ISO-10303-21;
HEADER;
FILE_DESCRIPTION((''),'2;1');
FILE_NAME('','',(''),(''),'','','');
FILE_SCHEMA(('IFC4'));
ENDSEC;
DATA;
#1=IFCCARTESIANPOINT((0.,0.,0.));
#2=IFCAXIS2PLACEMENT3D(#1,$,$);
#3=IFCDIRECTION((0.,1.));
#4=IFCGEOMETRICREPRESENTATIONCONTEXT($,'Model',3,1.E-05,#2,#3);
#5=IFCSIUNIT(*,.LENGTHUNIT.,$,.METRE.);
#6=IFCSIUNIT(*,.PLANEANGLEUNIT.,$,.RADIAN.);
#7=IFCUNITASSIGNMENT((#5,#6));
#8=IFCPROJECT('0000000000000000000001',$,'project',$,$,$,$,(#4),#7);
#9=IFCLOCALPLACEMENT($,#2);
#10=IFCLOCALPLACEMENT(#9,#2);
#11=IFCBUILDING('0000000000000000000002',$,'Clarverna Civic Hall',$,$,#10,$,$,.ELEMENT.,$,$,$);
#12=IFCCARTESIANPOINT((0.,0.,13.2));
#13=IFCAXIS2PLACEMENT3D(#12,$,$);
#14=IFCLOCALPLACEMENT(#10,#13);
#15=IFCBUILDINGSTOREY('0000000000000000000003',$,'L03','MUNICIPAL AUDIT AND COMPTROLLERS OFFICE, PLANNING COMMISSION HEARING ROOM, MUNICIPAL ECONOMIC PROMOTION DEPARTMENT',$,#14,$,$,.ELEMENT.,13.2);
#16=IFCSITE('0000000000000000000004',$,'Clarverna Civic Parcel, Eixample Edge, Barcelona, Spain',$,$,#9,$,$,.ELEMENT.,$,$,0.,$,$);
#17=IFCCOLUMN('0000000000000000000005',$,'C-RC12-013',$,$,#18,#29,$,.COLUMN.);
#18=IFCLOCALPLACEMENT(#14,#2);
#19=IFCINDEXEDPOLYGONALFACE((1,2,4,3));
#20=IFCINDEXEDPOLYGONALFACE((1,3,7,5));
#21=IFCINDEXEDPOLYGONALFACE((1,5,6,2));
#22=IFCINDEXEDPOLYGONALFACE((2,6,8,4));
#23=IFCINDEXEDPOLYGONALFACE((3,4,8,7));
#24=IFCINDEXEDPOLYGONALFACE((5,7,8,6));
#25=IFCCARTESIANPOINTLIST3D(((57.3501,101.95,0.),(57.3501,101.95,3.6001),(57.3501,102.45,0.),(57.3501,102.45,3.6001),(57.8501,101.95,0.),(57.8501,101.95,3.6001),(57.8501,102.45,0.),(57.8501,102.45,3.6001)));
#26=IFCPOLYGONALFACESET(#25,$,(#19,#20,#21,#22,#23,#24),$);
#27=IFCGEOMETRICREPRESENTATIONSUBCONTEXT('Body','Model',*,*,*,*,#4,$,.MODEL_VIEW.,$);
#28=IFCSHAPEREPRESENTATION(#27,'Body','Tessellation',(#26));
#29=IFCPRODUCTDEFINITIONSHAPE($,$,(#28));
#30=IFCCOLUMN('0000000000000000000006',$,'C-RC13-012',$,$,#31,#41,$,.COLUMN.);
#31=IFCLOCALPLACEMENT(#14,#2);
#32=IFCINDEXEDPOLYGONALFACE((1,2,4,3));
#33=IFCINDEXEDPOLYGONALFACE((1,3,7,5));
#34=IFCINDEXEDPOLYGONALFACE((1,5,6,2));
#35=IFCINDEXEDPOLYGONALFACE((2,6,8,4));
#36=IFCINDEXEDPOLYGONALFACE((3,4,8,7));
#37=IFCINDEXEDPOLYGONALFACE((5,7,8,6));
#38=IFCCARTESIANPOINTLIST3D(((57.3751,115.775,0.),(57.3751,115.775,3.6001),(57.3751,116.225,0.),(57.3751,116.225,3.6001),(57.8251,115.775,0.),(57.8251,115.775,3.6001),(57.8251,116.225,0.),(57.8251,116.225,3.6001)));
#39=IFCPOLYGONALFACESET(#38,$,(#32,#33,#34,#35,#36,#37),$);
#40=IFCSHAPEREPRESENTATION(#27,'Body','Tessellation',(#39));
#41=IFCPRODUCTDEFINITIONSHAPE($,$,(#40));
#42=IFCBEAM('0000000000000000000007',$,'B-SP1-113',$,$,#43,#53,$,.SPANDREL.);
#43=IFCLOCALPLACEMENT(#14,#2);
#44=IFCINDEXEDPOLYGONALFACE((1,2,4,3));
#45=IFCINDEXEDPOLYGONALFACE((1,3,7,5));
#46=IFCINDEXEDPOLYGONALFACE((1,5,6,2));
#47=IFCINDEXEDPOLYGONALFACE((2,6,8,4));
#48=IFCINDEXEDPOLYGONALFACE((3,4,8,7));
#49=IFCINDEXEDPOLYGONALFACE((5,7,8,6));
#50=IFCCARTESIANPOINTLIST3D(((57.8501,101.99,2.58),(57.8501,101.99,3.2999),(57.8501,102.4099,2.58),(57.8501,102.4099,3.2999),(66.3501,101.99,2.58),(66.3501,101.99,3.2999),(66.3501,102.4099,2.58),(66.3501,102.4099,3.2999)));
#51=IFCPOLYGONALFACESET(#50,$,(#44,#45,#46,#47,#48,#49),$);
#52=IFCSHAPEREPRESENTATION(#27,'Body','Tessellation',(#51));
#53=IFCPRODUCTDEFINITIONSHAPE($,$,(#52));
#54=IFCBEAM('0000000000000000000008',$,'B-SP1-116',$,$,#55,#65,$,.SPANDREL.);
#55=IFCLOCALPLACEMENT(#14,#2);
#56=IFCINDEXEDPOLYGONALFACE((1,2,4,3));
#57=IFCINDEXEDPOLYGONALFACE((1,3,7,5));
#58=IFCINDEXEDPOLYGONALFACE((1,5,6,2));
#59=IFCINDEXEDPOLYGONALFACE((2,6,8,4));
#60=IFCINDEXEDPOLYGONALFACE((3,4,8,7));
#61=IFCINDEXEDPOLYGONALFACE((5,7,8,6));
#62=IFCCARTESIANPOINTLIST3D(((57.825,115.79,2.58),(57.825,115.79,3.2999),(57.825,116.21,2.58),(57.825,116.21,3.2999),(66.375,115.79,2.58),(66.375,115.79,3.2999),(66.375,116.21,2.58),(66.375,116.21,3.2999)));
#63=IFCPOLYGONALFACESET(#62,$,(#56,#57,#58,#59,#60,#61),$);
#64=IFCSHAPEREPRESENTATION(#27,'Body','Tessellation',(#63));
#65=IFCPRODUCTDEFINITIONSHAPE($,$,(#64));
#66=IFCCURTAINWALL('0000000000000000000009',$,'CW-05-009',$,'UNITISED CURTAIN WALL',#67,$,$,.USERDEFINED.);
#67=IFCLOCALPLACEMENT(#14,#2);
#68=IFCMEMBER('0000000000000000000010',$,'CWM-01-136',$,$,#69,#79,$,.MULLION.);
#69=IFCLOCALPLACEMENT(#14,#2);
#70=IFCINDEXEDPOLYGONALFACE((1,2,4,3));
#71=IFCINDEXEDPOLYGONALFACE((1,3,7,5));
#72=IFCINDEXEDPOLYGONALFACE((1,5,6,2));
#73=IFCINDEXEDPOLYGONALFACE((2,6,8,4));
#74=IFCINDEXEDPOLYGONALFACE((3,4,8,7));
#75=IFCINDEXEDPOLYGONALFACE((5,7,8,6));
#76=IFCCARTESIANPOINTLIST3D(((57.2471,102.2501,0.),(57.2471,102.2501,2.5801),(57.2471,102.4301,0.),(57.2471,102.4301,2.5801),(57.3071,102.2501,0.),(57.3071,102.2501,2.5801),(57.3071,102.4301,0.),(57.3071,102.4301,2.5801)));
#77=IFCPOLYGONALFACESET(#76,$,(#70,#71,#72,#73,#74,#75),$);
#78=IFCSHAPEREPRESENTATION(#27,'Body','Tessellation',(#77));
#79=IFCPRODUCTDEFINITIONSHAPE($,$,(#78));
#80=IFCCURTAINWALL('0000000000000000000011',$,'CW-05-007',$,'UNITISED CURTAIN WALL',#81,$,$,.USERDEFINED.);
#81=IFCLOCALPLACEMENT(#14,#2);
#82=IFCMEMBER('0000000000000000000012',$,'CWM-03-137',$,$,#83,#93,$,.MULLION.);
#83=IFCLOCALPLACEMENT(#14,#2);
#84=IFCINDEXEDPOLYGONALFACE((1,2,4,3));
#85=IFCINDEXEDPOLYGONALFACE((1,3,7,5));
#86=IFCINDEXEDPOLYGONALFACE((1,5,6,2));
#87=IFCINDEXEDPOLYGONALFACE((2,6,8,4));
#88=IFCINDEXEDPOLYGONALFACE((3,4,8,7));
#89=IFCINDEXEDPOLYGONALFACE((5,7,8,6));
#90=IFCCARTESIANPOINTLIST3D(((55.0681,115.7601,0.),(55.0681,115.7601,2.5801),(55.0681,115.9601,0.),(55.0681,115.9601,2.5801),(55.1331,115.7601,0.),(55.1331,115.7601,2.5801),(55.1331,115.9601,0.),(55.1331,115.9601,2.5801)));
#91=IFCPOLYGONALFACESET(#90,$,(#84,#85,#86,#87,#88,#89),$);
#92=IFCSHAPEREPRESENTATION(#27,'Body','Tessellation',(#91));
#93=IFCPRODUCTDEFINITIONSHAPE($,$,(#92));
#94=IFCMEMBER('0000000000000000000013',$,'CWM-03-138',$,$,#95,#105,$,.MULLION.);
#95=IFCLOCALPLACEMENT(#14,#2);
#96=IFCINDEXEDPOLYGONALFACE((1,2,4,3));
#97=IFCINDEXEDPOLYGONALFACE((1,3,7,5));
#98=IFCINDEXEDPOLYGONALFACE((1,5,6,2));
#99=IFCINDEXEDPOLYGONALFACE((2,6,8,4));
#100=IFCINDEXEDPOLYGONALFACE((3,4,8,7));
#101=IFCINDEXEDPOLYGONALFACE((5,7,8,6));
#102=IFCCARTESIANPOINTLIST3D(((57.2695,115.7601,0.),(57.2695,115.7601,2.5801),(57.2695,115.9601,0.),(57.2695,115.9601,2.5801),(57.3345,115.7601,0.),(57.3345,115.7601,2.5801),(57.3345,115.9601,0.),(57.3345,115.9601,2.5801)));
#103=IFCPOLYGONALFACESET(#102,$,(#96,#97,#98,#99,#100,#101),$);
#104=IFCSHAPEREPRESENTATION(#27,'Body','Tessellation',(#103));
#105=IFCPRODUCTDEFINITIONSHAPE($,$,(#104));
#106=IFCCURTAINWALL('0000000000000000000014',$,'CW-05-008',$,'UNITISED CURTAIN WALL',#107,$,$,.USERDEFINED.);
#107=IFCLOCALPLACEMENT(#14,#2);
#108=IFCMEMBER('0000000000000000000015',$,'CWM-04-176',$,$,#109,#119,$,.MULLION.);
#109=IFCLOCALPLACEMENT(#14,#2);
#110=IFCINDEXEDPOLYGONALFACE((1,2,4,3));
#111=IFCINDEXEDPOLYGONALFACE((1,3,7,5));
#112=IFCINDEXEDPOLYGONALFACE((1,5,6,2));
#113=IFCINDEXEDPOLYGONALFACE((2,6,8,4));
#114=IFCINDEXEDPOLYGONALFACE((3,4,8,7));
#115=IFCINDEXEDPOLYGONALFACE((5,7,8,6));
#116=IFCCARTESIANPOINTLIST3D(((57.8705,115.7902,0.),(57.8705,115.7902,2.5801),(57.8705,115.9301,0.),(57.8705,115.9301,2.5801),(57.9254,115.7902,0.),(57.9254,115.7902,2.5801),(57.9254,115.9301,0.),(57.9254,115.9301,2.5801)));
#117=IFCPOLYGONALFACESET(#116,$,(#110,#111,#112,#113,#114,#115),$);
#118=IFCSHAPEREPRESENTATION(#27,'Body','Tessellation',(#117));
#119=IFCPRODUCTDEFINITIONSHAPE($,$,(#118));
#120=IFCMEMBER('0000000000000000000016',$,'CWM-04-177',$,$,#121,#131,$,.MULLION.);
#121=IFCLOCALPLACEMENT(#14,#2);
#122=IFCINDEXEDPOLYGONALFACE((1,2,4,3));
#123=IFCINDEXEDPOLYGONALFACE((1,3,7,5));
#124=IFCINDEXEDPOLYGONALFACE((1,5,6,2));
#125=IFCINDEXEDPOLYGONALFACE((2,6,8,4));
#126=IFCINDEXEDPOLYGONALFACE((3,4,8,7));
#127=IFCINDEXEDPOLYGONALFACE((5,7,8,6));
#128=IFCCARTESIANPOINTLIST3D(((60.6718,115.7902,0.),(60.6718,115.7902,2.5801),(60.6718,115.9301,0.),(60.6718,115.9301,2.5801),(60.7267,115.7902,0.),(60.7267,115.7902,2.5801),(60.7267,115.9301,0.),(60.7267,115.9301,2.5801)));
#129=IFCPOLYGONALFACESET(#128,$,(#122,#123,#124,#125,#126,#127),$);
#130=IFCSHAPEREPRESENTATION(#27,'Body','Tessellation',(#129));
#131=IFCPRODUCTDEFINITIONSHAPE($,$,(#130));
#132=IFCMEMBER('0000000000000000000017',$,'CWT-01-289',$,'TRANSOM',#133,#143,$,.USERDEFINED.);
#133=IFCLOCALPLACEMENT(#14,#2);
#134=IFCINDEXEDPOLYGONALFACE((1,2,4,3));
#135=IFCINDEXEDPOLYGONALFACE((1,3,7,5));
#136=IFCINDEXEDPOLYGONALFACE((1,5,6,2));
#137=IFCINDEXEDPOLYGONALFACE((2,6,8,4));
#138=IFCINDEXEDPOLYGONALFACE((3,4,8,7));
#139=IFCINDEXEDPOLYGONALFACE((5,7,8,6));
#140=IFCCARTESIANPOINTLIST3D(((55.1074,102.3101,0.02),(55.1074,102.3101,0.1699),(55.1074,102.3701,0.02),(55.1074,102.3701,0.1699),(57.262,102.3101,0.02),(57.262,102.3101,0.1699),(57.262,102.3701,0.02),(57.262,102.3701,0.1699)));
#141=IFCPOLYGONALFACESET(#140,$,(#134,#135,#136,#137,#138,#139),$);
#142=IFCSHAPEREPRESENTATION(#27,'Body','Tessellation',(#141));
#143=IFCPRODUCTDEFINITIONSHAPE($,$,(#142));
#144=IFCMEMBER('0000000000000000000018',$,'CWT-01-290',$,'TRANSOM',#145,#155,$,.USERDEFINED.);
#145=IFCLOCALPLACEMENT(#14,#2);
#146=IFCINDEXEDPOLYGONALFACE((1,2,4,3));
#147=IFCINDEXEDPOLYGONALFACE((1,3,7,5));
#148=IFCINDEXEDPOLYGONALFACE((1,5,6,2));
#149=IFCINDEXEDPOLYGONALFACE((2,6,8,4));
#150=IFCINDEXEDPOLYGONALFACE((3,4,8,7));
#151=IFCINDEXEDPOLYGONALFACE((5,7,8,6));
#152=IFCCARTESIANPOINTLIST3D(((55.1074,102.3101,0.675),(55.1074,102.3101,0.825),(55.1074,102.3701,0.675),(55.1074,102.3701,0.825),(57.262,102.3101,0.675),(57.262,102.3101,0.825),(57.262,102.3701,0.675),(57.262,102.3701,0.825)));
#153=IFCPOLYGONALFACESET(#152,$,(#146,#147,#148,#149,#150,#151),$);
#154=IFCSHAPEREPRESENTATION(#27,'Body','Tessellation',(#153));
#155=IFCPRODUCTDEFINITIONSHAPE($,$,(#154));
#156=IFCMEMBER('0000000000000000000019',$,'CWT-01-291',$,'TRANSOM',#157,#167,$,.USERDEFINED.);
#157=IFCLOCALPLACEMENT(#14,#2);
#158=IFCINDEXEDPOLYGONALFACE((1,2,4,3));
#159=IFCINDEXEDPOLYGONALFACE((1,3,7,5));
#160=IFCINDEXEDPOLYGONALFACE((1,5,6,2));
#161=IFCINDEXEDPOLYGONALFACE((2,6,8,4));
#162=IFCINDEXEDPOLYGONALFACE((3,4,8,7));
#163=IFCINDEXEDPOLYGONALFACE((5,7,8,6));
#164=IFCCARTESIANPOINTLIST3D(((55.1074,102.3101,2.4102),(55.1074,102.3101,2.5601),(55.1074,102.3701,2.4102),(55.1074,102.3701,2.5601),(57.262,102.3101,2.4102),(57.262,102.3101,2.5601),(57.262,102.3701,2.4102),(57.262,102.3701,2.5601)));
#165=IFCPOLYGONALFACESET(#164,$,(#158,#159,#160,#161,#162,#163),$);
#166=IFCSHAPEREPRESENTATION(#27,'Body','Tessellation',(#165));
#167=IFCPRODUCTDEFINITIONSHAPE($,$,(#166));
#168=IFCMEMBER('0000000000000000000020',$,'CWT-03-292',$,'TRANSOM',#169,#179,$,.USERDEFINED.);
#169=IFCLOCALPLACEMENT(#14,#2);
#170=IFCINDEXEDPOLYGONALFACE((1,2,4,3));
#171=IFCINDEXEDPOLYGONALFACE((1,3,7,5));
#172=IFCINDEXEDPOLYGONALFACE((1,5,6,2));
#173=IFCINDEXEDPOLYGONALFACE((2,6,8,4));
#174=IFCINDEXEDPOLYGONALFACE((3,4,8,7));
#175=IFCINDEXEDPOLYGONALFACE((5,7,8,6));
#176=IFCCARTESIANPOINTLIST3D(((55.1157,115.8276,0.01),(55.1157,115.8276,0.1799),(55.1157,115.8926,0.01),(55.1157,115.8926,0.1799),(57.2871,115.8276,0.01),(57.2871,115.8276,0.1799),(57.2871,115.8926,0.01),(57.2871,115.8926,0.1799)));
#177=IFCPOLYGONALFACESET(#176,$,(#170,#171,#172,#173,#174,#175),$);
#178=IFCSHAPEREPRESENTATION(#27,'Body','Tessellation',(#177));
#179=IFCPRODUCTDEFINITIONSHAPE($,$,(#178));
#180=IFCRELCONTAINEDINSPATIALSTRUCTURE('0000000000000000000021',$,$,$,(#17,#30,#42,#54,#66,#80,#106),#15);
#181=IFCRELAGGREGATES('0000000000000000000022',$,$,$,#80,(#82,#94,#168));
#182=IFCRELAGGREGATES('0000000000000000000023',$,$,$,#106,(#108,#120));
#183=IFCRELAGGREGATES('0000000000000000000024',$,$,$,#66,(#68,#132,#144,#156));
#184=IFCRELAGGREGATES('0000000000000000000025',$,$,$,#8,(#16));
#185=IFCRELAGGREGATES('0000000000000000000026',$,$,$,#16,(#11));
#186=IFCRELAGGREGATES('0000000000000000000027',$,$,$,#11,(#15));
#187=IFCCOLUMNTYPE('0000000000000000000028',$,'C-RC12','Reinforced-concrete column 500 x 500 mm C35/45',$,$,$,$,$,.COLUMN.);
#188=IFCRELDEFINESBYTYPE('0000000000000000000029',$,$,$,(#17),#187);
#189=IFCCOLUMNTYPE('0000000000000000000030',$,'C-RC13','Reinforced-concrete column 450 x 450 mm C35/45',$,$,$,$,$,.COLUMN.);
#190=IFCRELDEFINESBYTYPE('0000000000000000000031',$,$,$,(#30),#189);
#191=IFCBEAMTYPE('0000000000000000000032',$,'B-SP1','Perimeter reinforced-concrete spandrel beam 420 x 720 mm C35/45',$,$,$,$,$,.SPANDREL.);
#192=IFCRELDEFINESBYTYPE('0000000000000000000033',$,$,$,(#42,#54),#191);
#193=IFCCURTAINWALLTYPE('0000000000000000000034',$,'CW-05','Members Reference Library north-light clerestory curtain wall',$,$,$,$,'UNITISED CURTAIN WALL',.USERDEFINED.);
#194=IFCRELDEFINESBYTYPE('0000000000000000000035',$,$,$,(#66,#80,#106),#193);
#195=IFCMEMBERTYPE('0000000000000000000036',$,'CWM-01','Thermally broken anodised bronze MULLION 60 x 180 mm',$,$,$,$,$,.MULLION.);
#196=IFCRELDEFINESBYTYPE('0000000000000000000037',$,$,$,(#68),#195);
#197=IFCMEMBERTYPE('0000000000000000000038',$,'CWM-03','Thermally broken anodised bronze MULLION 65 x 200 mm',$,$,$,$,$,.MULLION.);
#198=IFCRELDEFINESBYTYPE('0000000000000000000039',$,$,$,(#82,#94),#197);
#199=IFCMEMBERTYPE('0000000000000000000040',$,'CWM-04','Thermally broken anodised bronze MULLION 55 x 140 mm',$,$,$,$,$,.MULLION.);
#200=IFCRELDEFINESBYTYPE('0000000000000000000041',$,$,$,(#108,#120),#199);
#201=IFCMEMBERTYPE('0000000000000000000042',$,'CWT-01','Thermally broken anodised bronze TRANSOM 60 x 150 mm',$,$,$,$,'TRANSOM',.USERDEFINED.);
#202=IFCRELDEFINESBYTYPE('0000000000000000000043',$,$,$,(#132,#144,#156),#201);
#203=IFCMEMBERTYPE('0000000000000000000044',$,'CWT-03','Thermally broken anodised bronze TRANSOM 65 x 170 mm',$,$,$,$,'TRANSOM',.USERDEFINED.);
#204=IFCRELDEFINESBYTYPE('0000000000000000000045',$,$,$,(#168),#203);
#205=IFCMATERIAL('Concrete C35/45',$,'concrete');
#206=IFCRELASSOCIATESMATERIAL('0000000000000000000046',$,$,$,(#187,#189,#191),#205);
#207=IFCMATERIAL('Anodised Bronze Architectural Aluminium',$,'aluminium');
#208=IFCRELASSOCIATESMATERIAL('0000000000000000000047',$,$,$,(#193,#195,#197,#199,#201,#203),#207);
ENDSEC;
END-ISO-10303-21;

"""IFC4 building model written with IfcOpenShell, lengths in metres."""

from ifc_helpers import new_model, si_unit, direction, frame, origin, origin_2d, place, context, subcontext, project, spatial, rectangle, extrude, material, material_profile, profile_set, type_object, element, aggregate, save


model = new_model("IFC4")

# Units and contexts
model_context = context("Model", 3, precision=1e-05, world=origin(), true_north=direction((0.0, 1.0)))
body_context = subcontext(model_context, "Body", "Model", "MODEL_VIEW")
ifc_project = project(units=[si_unit("LENGTHUNIT", "METRE"), si_unit("PLANEANGLEUNIT", "RADIAN")], contexts=[model_context])

# Site, building, storey
site_placement = place(None, origin())
site = spatial("IfcSite", under=ifc_project, at=site_placement, Name="Clarverna Civic Parcel, Eixample Edge, Barcelona, Spain", CompositionType="ELEMENT", RefElevation=0.0)
building_placement = place(site_placement, origin())
building = spatial("IfcBuilding", under=site, at=building_placement, Name="Clarverna Civic Hall", CompositionType="ELEMENT")
storey_placement = place(building_placement, frame((0.0, 0.0, 13.2)))
storey = spatial("IfcBuildingStorey", under=building, at=storey_placement, Name="L03", Description="MUNICIPAL AUDIT AND COMPTROLLERS OFFICE, PLANNING COMMISSION HEARING ROOM, MUNICIPAL ECONOMIC PROMOTION DEPARTMENT", CompositionType="ELEMENT", Elevation=13.2)

# Columns
ifc_material_1 = material(Name="Concrete C35/45", Category="concrete")
ifc_material_profile_1 = material_profile(ifc_material_1, rectangle(XDim=0.5, YDim=0.5, at=origin_2d()), Name="RC 500x500")
ifc_profile_set_1 = profile_set([ifc_material_profile_1], Name="Concrete C35/45")
column_type_1 = type_object("IfcColumnType", Name="C-RC12", Description="Reinforced-concrete column 500 x 500 mm C35/45", PredefinedType="COLUMN", material=ifc_profile_set_1)
column_1_placement = place(storey_placement, frame((57.6001, 102.2, 0.0), z_axis=(0.0, 0.0, 1.0), x_axis=(1.0, 0.0, 0.0)))
element("IfcColumn", 1, at=column_1_placement, inside=storey, type_object=column_type_1, Name="C-RC12-013", PredefinedType="COLUMN", context=body_context, shape_type="SweptSolid", body=[
    extrude(rectangle(XDim=0.5, YDim=0.5, at=origin_2d()), origin(), (0.0, 0.0, 1.0), 3.6001),
])
ifc_material_profile_2 = material_profile(ifc_material_1, rectangle(XDim=0.45, YDim=0.45, at=origin_2d()), Name="RC 450x450")
ifc_profile_set_2 = profile_set([ifc_material_profile_2], Name="Concrete C35/45")
column_type_2 = type_object("IfcColumnType", Name="C-RC13", Description="Reinforced-concrete column 450 x 450 mm C35/45", PredefinedType="COLUMN", material=ifc_profile_set_2)
column_2_placement = place(storey_placement, frame((57.6001, 116.0, 0.0), z_axis=(0.0, 0.0, 1.0), x_axis=(1.0, 0.0, 0.0)))
element("IfcColumn", 2, at=column_2_placement, inside=storey, type_object=column_type_2, Name="C-RC13-012", PredefinedType="COLUMN", context=body_context, shape_type="SweptSolid", body=[
    extrude(rectangle(XDim=0.45, YDim=0.45, at=origin_2d()), origin(), (0.0, 0.0, 1.0), 3.6001),
])

# Beams
ifc_material_profile_3 = material_profile(ifc_material_1, rectangle(XDim=0.4199, YDim=0.72, at=origin_2d()), Name="RC 420x720")
ifc_profile_set_3 = profile_set([ifc_material_profile_3], Name="Concrete C35/45")
beam_type = type_object("IfcBeamType", Name="B-SP1", Description="Perimeter reinforced-concrete spandrel beam 420 x 720 mm C35/45", PredefinedType="SPANDREL", material=ifc_profile_set_3)
beam_1_placement = place(storey_placement, frame((57.8501, 102.2, 2.9399), z_axis=(1.0, 0.0, 0.0), x_axis=(0.0, 1.0, 0.0)))
element("IfcBeam", 3, at=beam_1_placement, inside=storey, type_object=beam_type, Name="B-SP1-113", PredefinedType="SPANDREL", context=body_context, shape_type="SweptSolid", body=[
    extrude(rectangle(XDim=0.4199, YDim=0.72, at=origin_2d()), origin(), (0.0, 0.0, 1.0), 8.5),
])
beam_2_placement = place(storey_placement, frame((57.825, 116.0, 2.9399), z_axis=(1.0, 0.0, 0.0), x_axis=(0.0, 1.0, 0.0)))
element("IfcBeam", 4, at=beam_2_placement, inside=storey, type_object=beam_type, Name="B-SP1-116", PredefinedType="SPANDREL", context=body_context, shape_type="SweptSolid", body=[
    extrude(rectangle(XDim=0.4199, YDim=0.72, at=origin_2d()), origin(), (0.0, 0.0, 1.0), 8.55),
])

# Curtain wall, member
ifc_material_2 = material(Name="Anodised Bronze Architectural Aluminium", Category="aluminium")
curtain_wall_type = type_object("IfcCurtainWallType", Name="CW-05", Description="Members Reference Library north-light clerestory curtain wall", ElementType="UNITISED CURTAIN WALL", PredefinedType="USERDEFINED", material=ifc_material_2)
curtain_wall_1_placement = place(storey_placement, origin())
curtain_wall_1 = element("IfcCurtainWall", 5, at=curtain_wall_1_placement, inside=storey, type_object=curtain_wall_type, Name="CW-05-009", ObjectType="UNITISED CURTAIN WALL", PredefinedType="USERDEFINED")
ifc_material_profile_4 = material_profile(ifc_material_2, rectangle(XDim=0.0601, YDim=0.1799, at=origin_2d()), Name="BRONZE 60x180")
ifc_profile_set_4 = profile_set([ifc_material_profile_4], Name="Anodised Bronze Architectural Aluminium")
member_type_1 = type_object("IfcMemberType", Name="CWM-01", Description="Thermally broken anodised bronze MULLION 60 x 180 mm", PredefinedType="MULLION", material=ifc_profile_set_4)
member_1_placement = place(storey_placement, frame((57.2771, 102.3401, 0.0), z_axis=(0.0, 0.0, 1.0), x_axis=(1.0, 0.0, 0.0)))
member_1 = element("IfcMember", 6, at=member_1_placement, type_object=member_type_1, Name="CWM-01-136", PredefinedType="MULLION", context=body_context, shape_type="SweptSolid", body=[
    extrude(rectangle(XDim=0.0601, YDim=0.1799, at=origin_2d()), origin(), (0.0, 0.0, 1.0), 2.5801),
])

# Curtain walls, members
curtain_wall_2_placement = place(storey_placement, origin())
curtain_wall_2 = element("IfcCurtainWall", 7, at=curtain_wall_2_placement, inside=storey, type_object=curtain_wall_type, Name="CW-05-007", ObjectType="UNITISED CURTAIN WALL", PredefinedType="USERDEFINED")
ifc_material_profile_5 = material_profile(ifc_material_2, rectangle(XDim=0.0649, YDim=0.2, at=origin_2d()), Name="BRONZE 65x200")
ifc_profile_set_5 = profile_set([ifc_material_profile_5], Name="Anodised Bronze Architectural Aluminium")
member_type_2 = type_object("IfcMemberType", Name="CWM-03", Description="Thermally broken anodised bronze MULLION 65 x 200 mm", PredefinedType="MULLION", material=ifc_profile_set_5)
member_2_placement = place(storey_placement, frame((55.1006, 115.8601, 0.0), z_axis=(0.0, 0.0, 1.0), x_axis=(1.0, 0.0, 0.0)))
member_2 = element("IfcMember", 8, at=member_2_placement, type_object=member_type_2, Name="CWM-03-137", PredefinedType="MULLION", context=body_context, shape_type="SweptSolid", body=[
    extrude(rectangle(XDim=0.0649, YDim=0.2, at=origin_2d()), origin(), (0.0, 0.0, 1.0), 2.5801),
])
member_3_placement = place(storey_placement, frame((57.302, 115.8601, 0.0), z_axis=(0.0, 0.0, 1.0), x_axis=(1.0, 0.0, 0.0)))
member_3 = element("IfcMember", 9, at=member_3_placement, type_object=member_type_2, Name="CWM-03-138", PredefinedType="MULLION", context=body_context, shape_type="SweptSolid", body=[
    extrude(rectangle(XDim=0.0649, YDim=0.2, at=origin_2d()), origin(), (0.0, 0.0, 1.0), 2.5801),
])
curtain_wall_3_placement = place(storey_placement, origin())
curtain_wall_3 = element("IfcCurtainWall", 10, at=curtain_wall_3_placement, inside=storey, type_object=curtain_wall_type, Name="CW-05-008", ObjectType="UNITISED CURTAIN WALL", PredefinedType="USERDEFINED")
ifc_material_profile_6 = material_profile(ifc_material_2, rectangle(XDim=0.0549, YDim=0.1399, at=origin_2d()), Name="BRONZE 55x140")
ifc_profile_set_6 = profile_set([ifc_material_profile_6], Name="Anodised Bronze Architectural Aluminium")
member_type_3 = type_object("IfcMemberType", Name="CWM-04", Description="Thermally broken anodised bronze MULLION 55 x 140 mm", PredefinedType="MULLION", material=ifc_profile_set_6)
member_4_placement = place(storey_placement, frame((57.8979, 115.8601, 0.0), z_axis=(0.0, 0.0, 1.0), x_axis=(1.0, 0.0, 0.0)))
member_4 = element("IfcMember", 11, at=member_4_placement, type_object=member_type_3, Name="CWM-04-176", PredefinedType="MULLION", context=body_context, shape_type="SweptSolid", body=[
    extrude(rectangle(XDim=0.0549, YDim=0.1399, at=origin_2d()), origin(), (0.0, 0.0, 1.0), 2.5801),
])
member_5_placement = place(storey_placement, frame((60.6992, 115.8601, 0.0), z_axis=(0.0, 0.0, 1.0), x_axis=(1.0, 0.0, 0.0)))
member_5 = element("IfcMember", 12, at=member_5_placement, type_object=member_type_3, Name="CWM-04-177", PredefinedType="MULLION", context=body_context, shape_type="SweptSolid", body=[
    extrude(rectangle(XDim=0.0549, YDim=0.1399, at=origin_2d()), origin(), (0.0, 0.0, 1.0), 2.5801),
])

# Members
ifc_material_profile_7 = material_profile(ifc_material_2, rectangle(XDim=0.0601, YDim=0.1499, at=origin_2d()), Name="BRONZE 60x150")
ifc_profile_set_7 = profile_set([ifc_material_profile_7], Name="Anodised Bronze Architectural Aluminium")
member_type_4 = type_object("IfcMemberType", Name="CWT-01", Description="Thermally broken anodised bronze TRANSOM 60 x 150 mm", ElementType="TRANSOM", PredefinedType="USERDEFINED", material=ifc_profile_set_7)
member_6_placement = place(storey_placement, frame((57.262, 102.3401, 0.095), z_axis=(-1.0, 0.0, 0.0), x_axis=(0.0, -1.0, 0.0)))
member_6 = element("IfcMember", 13, at=member_6_placement, type_object=member_type_4, Name="CWT-01-289", ObjectType="TRANSOM", PredefinedType="USERDEFINED", context=body_context, shape_type="SweptSolid", body=[
    extrude(rectangle(XDim=0.0601, YDim=0.1499, at=origin_2d()), origin(), (0.0, 0.0, 1.0), 2.1545),
])
member_7_placement = place(storey_placement, frame((57.262, 102.3401, 0.75), z_axis=(-1.0, 0.0, 0.0), x_axis=(0.0, -1.0, 0.0)))
member_7 = element("IfcMember", 14, at=member_7_placement, type_object=member_type_4, Name="CWT-01-290", ObjectType="TRANSOM", PredefinedType="USERDEFINED", context=body_context, shape_type="SweptSolid", body=[
    extrude(rectangle(XDim=0.0601, YDim=0.1499, at=origin_2d()), origin(), (0.0, 0.0, 1.0), 2.1545),
])
member_8_placement = place(storey_placement, frame((57.262, 102.3401, 2.4851), z_axis=(-1.0, 0.0, 0.0), x_axis=(0.0, -1.0, 0.0)))
member_8 = element("IfcMember", 15, at=member_8_placement, type_object=member_type_4, Name="CWT-01-291", ObjectType="TRANSOM", PredefinedType="USERDEFINED", context=body_context, shape_type="SweptSolid", body=[
    extrude(rectangle(XDim=0.0601, YDim=0.1499, at=origin_2d()), origin(), (0.0, 0.0, 1.0), 2.1545),
])
ifc_material_profile_8 = material_profile(ifc_material_2, rectangle(XDim=0.0649, YDim=0.1699, at=origin_2d()), Name="BRONZE 65x170")
ifc_profile_set_8 = profile_set([ifc_material_profile_8], Name="Anodised Bronze Architectural Aluminium")
member_type_5 = type_object("IfcMemberType", Name="CWT-03", Description="Thermally broken anodised bronze TRANSOM 65 x 170 mm", ElementType="TRANSOM", PredefinedType="USERDEFINED", material=ifc_profile_set_8)
member_9_placement = place(storey_placement, frame((55.1157, 115.8601, 0.095), z_axis=(1.0, 0.0, 0.0), x_axis=(0.0, 1.0, 0.0)))
member_9 = element("IfcMember", 16, at=member_9_placement, type_object=member_type_5, Name="CWT-03-292", ObjectType="TRANSOM", PredefinedType="USERDEFINED", context=body_context, shape_type="SweptSolid", body=[
    extrude(rectangle(XDim=0.0649, YDim=0.1699, at=origin_2d()), origin(), (0.0, 0.0, 1.0), 2.1714),
])

aggregate(curtain_wall_2, [member_2, member_3, member_9])
aggregate(curtain_wall_3, [member_4, member_5])
aggregate(curtain_wall_1, [member_1, member_6, member_7, member_8])

save(model, "model.ifc")
